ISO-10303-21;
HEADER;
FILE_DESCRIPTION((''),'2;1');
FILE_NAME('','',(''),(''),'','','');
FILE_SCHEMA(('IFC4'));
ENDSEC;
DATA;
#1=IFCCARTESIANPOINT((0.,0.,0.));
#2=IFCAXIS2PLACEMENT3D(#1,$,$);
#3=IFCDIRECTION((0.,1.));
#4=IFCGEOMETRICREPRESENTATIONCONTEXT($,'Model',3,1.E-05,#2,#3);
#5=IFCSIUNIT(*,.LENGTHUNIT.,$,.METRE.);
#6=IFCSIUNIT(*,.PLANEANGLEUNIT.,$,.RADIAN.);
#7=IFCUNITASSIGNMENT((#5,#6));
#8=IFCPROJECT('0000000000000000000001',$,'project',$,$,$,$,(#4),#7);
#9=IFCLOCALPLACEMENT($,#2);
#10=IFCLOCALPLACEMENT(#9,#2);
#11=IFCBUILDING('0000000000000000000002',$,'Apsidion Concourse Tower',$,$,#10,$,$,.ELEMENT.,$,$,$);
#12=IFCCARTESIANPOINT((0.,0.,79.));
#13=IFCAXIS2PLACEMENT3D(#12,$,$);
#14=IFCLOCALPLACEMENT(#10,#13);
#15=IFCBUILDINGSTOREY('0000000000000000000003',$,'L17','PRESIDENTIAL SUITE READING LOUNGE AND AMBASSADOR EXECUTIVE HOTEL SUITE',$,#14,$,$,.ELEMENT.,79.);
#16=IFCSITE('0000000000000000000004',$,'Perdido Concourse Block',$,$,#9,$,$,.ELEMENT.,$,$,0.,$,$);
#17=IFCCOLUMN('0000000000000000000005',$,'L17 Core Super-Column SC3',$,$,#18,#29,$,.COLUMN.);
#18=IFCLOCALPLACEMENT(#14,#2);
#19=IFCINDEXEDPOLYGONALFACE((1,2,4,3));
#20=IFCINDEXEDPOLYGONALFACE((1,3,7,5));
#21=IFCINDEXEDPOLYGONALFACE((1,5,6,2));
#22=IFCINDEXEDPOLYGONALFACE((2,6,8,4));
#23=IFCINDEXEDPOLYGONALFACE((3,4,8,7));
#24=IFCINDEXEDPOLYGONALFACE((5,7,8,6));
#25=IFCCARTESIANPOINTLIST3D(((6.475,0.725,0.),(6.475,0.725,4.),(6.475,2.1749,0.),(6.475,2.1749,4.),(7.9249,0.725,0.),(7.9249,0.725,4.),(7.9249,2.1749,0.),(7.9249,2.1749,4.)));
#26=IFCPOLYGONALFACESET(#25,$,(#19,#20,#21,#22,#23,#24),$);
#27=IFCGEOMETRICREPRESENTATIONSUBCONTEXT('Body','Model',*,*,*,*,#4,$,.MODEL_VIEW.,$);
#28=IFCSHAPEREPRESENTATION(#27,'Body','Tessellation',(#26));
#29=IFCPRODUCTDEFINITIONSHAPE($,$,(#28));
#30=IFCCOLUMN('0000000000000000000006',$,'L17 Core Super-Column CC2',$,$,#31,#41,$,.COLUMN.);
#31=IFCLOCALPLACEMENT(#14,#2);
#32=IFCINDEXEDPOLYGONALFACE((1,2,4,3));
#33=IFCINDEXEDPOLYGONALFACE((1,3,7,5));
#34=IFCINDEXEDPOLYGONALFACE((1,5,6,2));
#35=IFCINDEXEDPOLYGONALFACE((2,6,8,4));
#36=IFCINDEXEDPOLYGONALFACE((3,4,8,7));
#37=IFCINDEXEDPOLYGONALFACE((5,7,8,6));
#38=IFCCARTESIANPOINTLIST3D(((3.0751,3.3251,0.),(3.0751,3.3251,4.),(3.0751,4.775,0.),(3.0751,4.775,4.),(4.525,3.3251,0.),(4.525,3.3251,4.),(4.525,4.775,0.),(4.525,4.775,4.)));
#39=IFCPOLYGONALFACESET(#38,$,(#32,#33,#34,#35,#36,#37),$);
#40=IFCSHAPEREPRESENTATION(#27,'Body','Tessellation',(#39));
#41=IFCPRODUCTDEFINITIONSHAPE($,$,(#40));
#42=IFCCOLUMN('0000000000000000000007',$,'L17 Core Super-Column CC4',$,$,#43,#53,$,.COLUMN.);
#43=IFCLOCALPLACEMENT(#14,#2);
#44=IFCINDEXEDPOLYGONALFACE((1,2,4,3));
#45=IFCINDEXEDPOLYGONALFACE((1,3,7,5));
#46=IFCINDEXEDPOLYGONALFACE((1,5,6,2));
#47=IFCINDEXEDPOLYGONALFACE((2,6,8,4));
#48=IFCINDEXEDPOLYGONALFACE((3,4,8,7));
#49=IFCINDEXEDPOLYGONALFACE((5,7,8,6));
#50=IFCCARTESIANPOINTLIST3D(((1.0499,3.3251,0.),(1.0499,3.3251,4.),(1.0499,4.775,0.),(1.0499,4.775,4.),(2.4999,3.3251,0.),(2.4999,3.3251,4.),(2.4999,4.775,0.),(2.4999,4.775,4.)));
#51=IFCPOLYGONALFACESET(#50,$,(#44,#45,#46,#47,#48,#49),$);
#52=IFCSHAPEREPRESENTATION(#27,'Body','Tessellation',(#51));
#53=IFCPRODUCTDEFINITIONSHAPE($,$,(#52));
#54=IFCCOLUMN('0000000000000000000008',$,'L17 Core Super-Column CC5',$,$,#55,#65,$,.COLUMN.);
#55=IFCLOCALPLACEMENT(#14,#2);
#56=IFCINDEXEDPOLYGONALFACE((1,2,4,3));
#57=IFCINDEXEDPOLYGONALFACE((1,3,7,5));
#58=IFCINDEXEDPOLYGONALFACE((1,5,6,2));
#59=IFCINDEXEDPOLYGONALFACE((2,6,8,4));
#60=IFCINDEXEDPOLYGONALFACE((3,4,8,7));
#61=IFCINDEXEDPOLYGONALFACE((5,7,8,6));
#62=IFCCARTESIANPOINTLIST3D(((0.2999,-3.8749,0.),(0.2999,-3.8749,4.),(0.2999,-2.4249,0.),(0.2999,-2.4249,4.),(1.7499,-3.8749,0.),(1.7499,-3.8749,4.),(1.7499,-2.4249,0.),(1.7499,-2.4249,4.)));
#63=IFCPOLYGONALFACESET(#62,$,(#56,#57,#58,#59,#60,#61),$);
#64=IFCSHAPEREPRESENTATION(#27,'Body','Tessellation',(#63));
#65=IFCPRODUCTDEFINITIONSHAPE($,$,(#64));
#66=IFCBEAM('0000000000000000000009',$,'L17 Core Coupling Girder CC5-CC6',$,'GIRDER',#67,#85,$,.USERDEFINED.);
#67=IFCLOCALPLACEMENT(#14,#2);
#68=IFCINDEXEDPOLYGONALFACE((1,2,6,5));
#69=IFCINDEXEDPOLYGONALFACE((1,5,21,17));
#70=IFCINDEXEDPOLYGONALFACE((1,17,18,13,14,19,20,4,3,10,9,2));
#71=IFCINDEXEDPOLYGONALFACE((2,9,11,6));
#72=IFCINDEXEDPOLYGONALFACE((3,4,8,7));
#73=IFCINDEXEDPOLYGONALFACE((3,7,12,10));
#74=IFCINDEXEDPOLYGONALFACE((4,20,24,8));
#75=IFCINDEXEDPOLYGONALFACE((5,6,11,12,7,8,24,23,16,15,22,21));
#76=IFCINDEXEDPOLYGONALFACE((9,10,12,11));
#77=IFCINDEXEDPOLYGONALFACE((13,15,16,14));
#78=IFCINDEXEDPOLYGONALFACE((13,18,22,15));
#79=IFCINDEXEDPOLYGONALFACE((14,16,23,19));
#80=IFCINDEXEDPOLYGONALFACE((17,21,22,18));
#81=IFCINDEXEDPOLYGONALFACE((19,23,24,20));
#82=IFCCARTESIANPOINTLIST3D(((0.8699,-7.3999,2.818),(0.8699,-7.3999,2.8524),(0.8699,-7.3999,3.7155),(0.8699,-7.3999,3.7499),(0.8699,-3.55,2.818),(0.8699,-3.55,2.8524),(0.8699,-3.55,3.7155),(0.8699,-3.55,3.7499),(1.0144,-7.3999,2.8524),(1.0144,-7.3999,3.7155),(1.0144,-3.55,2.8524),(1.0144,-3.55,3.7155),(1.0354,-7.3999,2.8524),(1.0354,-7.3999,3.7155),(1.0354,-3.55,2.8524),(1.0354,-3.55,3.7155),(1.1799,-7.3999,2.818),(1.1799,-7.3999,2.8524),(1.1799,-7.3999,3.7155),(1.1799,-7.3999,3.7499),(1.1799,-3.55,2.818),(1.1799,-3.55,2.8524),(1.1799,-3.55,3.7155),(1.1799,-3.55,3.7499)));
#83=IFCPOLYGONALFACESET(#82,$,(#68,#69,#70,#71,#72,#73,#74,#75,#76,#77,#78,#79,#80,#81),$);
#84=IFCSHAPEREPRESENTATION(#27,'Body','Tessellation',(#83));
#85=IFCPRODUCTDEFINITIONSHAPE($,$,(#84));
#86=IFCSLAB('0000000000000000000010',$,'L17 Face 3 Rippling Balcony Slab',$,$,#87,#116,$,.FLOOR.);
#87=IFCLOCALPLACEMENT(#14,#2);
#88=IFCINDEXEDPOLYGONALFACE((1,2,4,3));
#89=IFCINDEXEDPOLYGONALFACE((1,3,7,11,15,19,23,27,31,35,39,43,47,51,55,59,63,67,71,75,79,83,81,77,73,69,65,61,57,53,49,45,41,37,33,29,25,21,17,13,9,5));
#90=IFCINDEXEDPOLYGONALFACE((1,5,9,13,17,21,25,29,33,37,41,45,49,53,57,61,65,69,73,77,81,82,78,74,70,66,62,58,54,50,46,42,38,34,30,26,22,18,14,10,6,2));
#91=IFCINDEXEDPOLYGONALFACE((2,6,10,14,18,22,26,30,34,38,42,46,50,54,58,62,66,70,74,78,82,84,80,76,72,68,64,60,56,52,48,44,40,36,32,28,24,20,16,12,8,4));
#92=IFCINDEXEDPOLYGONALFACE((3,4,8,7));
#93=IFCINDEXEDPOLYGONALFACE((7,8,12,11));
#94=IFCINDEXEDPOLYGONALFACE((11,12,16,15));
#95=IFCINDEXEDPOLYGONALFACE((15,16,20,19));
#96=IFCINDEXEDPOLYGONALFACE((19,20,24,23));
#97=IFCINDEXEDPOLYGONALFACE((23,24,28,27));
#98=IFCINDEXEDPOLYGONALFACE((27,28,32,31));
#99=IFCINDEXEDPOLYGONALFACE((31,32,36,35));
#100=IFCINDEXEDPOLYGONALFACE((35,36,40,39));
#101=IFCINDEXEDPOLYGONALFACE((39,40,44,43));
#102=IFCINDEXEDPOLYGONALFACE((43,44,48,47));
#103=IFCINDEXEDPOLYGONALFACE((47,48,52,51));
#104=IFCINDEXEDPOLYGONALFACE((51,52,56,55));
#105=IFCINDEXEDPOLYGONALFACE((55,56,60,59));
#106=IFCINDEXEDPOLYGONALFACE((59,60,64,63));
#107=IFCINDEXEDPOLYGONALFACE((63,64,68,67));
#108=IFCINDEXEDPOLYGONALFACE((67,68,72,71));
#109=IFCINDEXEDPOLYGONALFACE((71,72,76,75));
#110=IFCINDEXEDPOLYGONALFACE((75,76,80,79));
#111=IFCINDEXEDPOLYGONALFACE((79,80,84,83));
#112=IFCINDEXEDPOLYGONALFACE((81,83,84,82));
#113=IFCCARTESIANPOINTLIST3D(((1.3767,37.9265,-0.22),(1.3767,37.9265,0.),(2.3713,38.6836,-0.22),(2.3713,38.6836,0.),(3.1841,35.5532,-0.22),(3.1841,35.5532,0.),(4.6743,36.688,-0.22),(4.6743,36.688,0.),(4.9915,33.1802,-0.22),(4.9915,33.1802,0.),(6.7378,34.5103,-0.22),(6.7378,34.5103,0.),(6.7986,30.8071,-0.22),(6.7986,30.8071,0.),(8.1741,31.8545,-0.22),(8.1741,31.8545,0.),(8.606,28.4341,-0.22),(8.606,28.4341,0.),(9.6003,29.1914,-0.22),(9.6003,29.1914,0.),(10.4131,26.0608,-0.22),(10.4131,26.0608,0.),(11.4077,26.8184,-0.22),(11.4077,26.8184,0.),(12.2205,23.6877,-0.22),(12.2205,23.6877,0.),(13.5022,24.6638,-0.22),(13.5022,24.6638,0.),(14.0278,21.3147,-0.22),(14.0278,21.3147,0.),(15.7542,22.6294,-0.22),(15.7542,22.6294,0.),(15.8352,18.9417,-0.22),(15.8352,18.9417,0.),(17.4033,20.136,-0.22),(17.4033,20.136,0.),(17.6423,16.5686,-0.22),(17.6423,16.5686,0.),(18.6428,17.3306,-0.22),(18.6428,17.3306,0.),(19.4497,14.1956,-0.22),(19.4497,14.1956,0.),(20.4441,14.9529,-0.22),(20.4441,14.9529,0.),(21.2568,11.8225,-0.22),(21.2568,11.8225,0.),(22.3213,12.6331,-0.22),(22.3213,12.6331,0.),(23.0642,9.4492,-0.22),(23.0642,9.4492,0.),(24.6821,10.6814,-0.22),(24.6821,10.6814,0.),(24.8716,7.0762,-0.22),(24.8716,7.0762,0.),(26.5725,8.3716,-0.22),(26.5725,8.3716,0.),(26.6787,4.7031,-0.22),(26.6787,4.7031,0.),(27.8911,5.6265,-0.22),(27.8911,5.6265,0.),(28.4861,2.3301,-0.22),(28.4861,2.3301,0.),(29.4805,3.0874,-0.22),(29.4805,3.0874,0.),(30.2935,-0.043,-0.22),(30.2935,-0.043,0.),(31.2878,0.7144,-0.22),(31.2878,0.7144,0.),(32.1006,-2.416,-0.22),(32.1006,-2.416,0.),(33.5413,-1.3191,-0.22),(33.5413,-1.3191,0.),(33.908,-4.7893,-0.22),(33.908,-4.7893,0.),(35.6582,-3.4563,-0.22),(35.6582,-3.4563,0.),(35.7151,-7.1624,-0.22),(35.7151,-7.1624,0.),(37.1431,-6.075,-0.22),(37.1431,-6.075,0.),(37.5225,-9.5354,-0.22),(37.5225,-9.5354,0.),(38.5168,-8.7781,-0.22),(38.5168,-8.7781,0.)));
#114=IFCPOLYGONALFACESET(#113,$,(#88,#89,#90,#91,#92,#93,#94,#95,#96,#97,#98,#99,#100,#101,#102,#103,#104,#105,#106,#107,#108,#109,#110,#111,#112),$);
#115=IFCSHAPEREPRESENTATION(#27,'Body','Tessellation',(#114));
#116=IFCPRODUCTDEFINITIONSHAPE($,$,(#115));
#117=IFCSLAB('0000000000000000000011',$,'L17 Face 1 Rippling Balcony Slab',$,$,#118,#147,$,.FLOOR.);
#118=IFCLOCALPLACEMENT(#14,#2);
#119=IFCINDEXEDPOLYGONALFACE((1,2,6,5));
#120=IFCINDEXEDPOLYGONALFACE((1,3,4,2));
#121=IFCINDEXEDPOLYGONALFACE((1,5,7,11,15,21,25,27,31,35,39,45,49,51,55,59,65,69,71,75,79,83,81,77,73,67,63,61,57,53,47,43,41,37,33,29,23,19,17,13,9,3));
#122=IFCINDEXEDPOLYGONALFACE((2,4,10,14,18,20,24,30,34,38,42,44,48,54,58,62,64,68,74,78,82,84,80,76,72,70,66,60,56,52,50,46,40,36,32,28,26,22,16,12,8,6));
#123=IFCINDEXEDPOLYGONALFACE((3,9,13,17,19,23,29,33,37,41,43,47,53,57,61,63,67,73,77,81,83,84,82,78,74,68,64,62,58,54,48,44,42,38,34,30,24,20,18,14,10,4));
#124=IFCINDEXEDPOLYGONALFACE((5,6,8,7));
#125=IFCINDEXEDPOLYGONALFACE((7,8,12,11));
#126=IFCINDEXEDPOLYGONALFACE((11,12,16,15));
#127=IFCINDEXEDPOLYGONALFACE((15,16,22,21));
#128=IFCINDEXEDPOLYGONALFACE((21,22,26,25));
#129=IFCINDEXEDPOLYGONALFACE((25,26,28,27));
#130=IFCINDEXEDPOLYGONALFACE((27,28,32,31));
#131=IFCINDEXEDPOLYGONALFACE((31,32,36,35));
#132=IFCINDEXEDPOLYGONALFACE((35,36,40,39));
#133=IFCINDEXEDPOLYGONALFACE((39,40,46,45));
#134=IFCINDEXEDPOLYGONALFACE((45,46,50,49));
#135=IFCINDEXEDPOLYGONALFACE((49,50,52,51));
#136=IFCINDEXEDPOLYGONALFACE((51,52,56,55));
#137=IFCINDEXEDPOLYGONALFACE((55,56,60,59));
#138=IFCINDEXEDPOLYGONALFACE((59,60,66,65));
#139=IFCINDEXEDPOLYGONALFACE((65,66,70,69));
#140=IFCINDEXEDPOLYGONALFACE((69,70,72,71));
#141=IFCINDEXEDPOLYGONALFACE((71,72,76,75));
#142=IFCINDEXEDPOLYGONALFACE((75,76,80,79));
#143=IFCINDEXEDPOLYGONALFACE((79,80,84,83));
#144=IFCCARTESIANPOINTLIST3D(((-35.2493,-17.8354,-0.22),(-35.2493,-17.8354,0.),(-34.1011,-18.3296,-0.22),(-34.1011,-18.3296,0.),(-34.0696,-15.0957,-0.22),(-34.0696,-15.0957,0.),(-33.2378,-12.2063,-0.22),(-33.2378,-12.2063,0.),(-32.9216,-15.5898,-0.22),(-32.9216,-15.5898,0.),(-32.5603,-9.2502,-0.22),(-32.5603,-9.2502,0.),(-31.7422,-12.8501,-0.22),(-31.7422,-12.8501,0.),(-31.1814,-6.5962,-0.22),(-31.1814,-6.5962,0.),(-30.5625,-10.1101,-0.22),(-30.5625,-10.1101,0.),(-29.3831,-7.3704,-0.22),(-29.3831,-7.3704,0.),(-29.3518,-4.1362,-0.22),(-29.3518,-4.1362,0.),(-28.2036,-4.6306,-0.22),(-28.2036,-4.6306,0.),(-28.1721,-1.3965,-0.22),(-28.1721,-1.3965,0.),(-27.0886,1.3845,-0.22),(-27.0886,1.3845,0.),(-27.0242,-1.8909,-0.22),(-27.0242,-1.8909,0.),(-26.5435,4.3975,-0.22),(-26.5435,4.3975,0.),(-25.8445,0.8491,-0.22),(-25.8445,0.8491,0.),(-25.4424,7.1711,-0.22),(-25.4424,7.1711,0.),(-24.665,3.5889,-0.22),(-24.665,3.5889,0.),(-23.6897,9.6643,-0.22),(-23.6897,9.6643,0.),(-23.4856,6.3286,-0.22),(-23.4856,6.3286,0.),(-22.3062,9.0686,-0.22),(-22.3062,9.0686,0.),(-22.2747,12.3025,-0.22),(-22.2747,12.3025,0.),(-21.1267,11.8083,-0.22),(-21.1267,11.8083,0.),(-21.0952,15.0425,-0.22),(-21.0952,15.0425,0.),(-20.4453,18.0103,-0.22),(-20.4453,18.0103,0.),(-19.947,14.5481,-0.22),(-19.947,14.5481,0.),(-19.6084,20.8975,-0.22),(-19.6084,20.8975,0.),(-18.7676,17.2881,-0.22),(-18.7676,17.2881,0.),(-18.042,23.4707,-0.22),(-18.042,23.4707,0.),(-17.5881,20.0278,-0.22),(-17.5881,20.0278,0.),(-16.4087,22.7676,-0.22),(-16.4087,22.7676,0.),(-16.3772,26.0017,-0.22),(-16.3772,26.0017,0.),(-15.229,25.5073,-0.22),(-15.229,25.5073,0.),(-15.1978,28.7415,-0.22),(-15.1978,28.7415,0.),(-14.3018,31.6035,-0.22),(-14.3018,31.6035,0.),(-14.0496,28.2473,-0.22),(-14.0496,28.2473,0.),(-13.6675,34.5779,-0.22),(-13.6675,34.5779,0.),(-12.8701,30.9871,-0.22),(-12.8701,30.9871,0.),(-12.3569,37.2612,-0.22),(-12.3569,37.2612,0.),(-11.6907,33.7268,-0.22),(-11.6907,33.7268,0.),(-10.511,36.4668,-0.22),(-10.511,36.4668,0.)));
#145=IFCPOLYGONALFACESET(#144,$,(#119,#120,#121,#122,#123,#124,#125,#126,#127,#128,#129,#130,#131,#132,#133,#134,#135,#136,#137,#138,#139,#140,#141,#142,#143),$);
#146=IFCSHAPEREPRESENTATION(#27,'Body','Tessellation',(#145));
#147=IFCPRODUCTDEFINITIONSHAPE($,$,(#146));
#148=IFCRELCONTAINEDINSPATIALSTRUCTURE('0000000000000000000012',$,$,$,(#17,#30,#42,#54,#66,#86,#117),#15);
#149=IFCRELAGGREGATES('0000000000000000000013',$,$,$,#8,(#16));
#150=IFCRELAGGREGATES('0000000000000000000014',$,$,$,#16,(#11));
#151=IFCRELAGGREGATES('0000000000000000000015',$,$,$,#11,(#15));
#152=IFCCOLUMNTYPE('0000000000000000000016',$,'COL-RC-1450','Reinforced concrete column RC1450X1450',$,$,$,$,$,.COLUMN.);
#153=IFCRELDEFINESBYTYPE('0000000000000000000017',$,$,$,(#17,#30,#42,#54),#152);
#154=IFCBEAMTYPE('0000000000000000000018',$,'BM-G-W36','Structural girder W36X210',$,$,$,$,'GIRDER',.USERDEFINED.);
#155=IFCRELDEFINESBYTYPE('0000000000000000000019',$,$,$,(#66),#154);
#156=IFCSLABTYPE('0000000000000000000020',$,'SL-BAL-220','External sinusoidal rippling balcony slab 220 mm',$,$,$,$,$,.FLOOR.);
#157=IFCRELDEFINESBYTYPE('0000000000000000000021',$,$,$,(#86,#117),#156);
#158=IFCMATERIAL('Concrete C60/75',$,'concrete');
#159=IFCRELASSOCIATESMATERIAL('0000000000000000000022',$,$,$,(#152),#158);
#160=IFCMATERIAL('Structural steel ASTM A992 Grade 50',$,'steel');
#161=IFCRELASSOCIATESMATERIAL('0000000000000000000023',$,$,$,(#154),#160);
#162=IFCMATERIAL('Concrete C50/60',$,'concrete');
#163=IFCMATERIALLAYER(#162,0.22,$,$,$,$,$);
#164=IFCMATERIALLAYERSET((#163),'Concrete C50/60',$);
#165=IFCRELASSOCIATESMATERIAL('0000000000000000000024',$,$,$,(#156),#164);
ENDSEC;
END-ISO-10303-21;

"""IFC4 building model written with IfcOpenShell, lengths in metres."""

from ifc_helpers import new_model, si_unit, direction, frame, origin, origin_2d, place, context, subcontext, project, spatial, polyline, rectangle, i_section, outline, extrude, material, layer, layer_set, material_profile, profile_set, type_object, element, save


model = new_model("IFC4")

# Units and contexts
model_context = context("Model", 3, precision=1e-05, world=origin(), true_north=direction((0.0, 1.0)))
body_context = subcontext(model_context, "Body", "Model", "MODEL_VIEW")
ifc_project = project(units=[si_unit("LENGTHUNIT", "METRE"), si_unit("PLANEANGLEUNIT", "RADIAN")], contexts=[model_context])

# Site, building, storey
site_placement = place(None, origin())
site = spatial("IfcSite", under=ifc_project, at=site_placement, Name="Perdido Concourse Block", CompositionType="ELEMENT", RefElevation=0.0)
building_placement = place(site_placement, origin())
building = spatial("IfcBuilding", under=site, at=building_placement, Name="Apsidion Concourse Tower", CompositionType="ELEMENT")
storey_placement = place(building_placement, frame((0.0, 0.0, 79.0)))
storey = spatial("IfcBuildingStorey", under=building, at=storey_placement, Name="L17", Description="PRESIDENTIAL SUITE READING LOUNGE AND AMBASSADOR EXECUTIVE HOTEL SUITE", CompositionType="ELEMENT", Elevation=79.0)

# Columns
ifc_material_1 = material(Name="Concrete C60/75", Category="concrete")
ifc_material_profile_1 = material_profile(ifc_material_1, rectangle(XDim=1.45, YDim=1.45, at=origin_2d()), Name="RC 1450x1450")
ifc_profile_set_1 = profile_set([ifc_material_profile_1], Name="Concrete C60/75")
column_type = type_object("IfcColumnType", Name="COL-RC-1450", Description="Reinforced concrete column RC1450X1450", PredefinedType="COLUMN", material=ifc_profile_set_1)
for number, where, z_axis, x_axis, name in (
    (1, (7.2, 1.45, 0.0), (0.0, 0.0, 1.0), (1.0, 0.0, 0.0), "L17 Core Super-Column SC3"),
    (2, (3.8, 4.05, 0.0), (0.0, 0.0, 1.0), (1.0, 0.0, 0.0), "L17 Core Super-Column CC2"),
    (3, (1.7749, 4.05, 0.0), (0.0, 0.0, 1.0), (1.0, 0.0, 0.0), "L17 Core Super-Column CC4"),
    (4, (1.0249, -3.1499, 0.0), (0.0, 0.0, 1.0), (1.0, 0.0, 0.0), "L17 Core Super-Column CC5"),
):
    element("IfcColumn", number, at=place(storey_placement, frame(where, z_axis=z_axis, x_axis=x_axis)), inside=storey, type_object=column_type, Name=name, PredefinedType="COLUMN", context=body_context, shape_type="SweptSolid", body=[
        extrude(rectangle(XDim=1.45, YDim=1.45, at=origin_2d()), origin(), (0.0, 0.0, 1.0), 4.0),
    ])

# Beam
ifc_material_2 = material(Name="Structural steel ASTM A992 Grade 50", Category="steel")
ifc_material_profile_2 = material_profile(ifc_material_2, i_section(OverallWidth=0.3101, OverallDepth=0.9319, WebThickness=0.021, FlangeThickness=0.0344, at=origin_2d()), Name="W36X210")
ifc_profile_set_2 = profile_set([ifc_material_profile_2], Name="Structural steel ASTM A992 Grade 50")
beam_type = type_object("IfcBeamType", Name="BM-G-W36", Description="Structural girder W36X210", ElementType="GIRDER", PredefinedType="USERDEFINED", material=ifc_profile_set_2)
beam_placement = place(storey_placement, frame((1.0249, -3.55, 3.2839), z_axis=(0.0, -1.0, 0.0), x_axis=(1.0, 0.0, 0.0)))
element("IfcBeam", 5, at=beam_placement, inside=storey, type_object=beam_type, Name="L17 Core Coupling Girder CC5-CC6", ObjectType="GIRDER", PredefinedType="USERDEFINED", context=body_context, shape_type="SweptSolid", body=[
    extrude(i_section(OverallWidth=0.3101, OverallDepth=0.9319, WebThickness=0.021, FlangeThickness=0.0344, at=origin_2d()), origin(), (0.0, 0.0, 1.0), 3.8499),
])

# Slabs
ifc_material_3 = material(Name="Concrete C50/60", Category="concrete")
ifc_layer_1 = layer(ifc_material_3, 0.22)
ifc_layer_set_1 = layer_set([ifc_layer_1], Name="Concrete C50/60")
slab_type_1 = type_object("IfcSlabType", Name="SL-BAL-220", Description="External sinusoidal rippling balcony slab 220 mm", PredefinedType="FLOOR", material=ifc_layer_set_1)
slab_1_placement = place(storey_placement, frame((0.0, 0.0, -0.22)))
element("IfcSlab", 6, at=slab_1_placement, inside=storey, type_object=slab_type_1, Name="L17 Face 3 Rippling Balcony Slab", PredefinedType="FLOOR", context=body_context, shape_type="SweptSolid", body=[
    extrude(outline(polyline([(37.5225, -9.5354), (35.7151, -7.1624), (33.908, -4.7893), (32.1006, -2.416), (30.2935, -0.043), (28.4861, 2.3301), (26.6787, 4.7031), (24.8716, 7.0762), (23.0642, 9.4492), (21.2568, 11.8225), (19.4497, 14.1956), (17.6423, 16.5686), (15.8352, 18.9417), (14.0278, 21.3147), (12.2205, 23.6877), (10.4131, 26.0608), (8.606, 28.4341), (6.7986, 30.8071), (4.9915, 33.1802), (3.1841, 35.5532), (1.3767, 37.9265), (2.3713, 38.6836), (4.6743, 36.688), (6.7378, 34.5103), (8.1741, 31.8545), (9.6003, 29.1914), (11.4077, 26.8184), (13.5022, 24.6638), (15.7542, 22.6294), (17.4033, 20.136), (18.6428, 17.3306), (20.4441, 14.9529), (22.3213, 12.6331), (24.6821, 10.6814), (26.5725, 8.3716), (27.8911, 5.6265), (29.4805, 3.0874), (31.2878, 0.7144), (33.5413, -1.3191), (35.6582, -3.4563), (37.1431, -6.075), (38.5168, -8.7781), (37.5225, -9.5354)])), origin(), (0.0, 0.0, 1.0), 0.22),
])
slab_2_placement = place(storey_placement, frame((0.0, 0.0, -0.22)))
element("IfcSlab", 7, at=slab_2_placement, inside=storey, type_object=slab_type_1, Name="L17 Face 1 Rippling Balcony Slab", PredefinedType="FLOOR", context=body_context, shape_type="SweptSolid", body=[
    extrude(outline(polyline([(-10.511, 36.4668), (-11.6907, 33.7268), (-12.8701, 30.9871), (-14.0496, 28.2473), (-15.229, 25.5073), (-16.4087, 22.7676), (-17.5881, 20.0278), (-18.7676, 17.2881), (-19.947, 14.5481), (-21.1267, 11.8083), (-22.3062, 9.0686), (-23.4856, 6.3286), (-24.665, 3.5889), (-25.8445, 0.8491), (-27.0242, -1.8909), (-28.2036, -4.6306), (-29.3831, -7.3704), (-30.5625, -10.1101), (-31.7422, -12.8501), (-32.9216, -15.5898), (-34.1011, -18.3296), (-35.2493, -17.8354), (-34.0696, -15.0957), (-33.2378, -12.2063), (-32.5603, -9.2502), (-31.1814, -6.5962), (-29.3518, -4.1362), (-28.1721, -1.3965), (-27.0886, 1.3845), (-26.5435, 4.3975), (-25.4424, 7.1711), (-23.6897, 9.6643), (-22.2747, 12.3025), (-21.0952, 15.0425), (-20.4453, 18.0103), (-19.6084, 20.8975), (-18.042, 23.4707), (-16.3772, 26.0017), (-15.1978, 28.7415), (-14.3018, 31.6035), (-13.6675, 34.5779), (-12.3569, 37.2612), (-10.511, 36.4668)])), origin(), (0.0, 0.0, 1.0), 0.22),
])

save(model, "model.ifc")
